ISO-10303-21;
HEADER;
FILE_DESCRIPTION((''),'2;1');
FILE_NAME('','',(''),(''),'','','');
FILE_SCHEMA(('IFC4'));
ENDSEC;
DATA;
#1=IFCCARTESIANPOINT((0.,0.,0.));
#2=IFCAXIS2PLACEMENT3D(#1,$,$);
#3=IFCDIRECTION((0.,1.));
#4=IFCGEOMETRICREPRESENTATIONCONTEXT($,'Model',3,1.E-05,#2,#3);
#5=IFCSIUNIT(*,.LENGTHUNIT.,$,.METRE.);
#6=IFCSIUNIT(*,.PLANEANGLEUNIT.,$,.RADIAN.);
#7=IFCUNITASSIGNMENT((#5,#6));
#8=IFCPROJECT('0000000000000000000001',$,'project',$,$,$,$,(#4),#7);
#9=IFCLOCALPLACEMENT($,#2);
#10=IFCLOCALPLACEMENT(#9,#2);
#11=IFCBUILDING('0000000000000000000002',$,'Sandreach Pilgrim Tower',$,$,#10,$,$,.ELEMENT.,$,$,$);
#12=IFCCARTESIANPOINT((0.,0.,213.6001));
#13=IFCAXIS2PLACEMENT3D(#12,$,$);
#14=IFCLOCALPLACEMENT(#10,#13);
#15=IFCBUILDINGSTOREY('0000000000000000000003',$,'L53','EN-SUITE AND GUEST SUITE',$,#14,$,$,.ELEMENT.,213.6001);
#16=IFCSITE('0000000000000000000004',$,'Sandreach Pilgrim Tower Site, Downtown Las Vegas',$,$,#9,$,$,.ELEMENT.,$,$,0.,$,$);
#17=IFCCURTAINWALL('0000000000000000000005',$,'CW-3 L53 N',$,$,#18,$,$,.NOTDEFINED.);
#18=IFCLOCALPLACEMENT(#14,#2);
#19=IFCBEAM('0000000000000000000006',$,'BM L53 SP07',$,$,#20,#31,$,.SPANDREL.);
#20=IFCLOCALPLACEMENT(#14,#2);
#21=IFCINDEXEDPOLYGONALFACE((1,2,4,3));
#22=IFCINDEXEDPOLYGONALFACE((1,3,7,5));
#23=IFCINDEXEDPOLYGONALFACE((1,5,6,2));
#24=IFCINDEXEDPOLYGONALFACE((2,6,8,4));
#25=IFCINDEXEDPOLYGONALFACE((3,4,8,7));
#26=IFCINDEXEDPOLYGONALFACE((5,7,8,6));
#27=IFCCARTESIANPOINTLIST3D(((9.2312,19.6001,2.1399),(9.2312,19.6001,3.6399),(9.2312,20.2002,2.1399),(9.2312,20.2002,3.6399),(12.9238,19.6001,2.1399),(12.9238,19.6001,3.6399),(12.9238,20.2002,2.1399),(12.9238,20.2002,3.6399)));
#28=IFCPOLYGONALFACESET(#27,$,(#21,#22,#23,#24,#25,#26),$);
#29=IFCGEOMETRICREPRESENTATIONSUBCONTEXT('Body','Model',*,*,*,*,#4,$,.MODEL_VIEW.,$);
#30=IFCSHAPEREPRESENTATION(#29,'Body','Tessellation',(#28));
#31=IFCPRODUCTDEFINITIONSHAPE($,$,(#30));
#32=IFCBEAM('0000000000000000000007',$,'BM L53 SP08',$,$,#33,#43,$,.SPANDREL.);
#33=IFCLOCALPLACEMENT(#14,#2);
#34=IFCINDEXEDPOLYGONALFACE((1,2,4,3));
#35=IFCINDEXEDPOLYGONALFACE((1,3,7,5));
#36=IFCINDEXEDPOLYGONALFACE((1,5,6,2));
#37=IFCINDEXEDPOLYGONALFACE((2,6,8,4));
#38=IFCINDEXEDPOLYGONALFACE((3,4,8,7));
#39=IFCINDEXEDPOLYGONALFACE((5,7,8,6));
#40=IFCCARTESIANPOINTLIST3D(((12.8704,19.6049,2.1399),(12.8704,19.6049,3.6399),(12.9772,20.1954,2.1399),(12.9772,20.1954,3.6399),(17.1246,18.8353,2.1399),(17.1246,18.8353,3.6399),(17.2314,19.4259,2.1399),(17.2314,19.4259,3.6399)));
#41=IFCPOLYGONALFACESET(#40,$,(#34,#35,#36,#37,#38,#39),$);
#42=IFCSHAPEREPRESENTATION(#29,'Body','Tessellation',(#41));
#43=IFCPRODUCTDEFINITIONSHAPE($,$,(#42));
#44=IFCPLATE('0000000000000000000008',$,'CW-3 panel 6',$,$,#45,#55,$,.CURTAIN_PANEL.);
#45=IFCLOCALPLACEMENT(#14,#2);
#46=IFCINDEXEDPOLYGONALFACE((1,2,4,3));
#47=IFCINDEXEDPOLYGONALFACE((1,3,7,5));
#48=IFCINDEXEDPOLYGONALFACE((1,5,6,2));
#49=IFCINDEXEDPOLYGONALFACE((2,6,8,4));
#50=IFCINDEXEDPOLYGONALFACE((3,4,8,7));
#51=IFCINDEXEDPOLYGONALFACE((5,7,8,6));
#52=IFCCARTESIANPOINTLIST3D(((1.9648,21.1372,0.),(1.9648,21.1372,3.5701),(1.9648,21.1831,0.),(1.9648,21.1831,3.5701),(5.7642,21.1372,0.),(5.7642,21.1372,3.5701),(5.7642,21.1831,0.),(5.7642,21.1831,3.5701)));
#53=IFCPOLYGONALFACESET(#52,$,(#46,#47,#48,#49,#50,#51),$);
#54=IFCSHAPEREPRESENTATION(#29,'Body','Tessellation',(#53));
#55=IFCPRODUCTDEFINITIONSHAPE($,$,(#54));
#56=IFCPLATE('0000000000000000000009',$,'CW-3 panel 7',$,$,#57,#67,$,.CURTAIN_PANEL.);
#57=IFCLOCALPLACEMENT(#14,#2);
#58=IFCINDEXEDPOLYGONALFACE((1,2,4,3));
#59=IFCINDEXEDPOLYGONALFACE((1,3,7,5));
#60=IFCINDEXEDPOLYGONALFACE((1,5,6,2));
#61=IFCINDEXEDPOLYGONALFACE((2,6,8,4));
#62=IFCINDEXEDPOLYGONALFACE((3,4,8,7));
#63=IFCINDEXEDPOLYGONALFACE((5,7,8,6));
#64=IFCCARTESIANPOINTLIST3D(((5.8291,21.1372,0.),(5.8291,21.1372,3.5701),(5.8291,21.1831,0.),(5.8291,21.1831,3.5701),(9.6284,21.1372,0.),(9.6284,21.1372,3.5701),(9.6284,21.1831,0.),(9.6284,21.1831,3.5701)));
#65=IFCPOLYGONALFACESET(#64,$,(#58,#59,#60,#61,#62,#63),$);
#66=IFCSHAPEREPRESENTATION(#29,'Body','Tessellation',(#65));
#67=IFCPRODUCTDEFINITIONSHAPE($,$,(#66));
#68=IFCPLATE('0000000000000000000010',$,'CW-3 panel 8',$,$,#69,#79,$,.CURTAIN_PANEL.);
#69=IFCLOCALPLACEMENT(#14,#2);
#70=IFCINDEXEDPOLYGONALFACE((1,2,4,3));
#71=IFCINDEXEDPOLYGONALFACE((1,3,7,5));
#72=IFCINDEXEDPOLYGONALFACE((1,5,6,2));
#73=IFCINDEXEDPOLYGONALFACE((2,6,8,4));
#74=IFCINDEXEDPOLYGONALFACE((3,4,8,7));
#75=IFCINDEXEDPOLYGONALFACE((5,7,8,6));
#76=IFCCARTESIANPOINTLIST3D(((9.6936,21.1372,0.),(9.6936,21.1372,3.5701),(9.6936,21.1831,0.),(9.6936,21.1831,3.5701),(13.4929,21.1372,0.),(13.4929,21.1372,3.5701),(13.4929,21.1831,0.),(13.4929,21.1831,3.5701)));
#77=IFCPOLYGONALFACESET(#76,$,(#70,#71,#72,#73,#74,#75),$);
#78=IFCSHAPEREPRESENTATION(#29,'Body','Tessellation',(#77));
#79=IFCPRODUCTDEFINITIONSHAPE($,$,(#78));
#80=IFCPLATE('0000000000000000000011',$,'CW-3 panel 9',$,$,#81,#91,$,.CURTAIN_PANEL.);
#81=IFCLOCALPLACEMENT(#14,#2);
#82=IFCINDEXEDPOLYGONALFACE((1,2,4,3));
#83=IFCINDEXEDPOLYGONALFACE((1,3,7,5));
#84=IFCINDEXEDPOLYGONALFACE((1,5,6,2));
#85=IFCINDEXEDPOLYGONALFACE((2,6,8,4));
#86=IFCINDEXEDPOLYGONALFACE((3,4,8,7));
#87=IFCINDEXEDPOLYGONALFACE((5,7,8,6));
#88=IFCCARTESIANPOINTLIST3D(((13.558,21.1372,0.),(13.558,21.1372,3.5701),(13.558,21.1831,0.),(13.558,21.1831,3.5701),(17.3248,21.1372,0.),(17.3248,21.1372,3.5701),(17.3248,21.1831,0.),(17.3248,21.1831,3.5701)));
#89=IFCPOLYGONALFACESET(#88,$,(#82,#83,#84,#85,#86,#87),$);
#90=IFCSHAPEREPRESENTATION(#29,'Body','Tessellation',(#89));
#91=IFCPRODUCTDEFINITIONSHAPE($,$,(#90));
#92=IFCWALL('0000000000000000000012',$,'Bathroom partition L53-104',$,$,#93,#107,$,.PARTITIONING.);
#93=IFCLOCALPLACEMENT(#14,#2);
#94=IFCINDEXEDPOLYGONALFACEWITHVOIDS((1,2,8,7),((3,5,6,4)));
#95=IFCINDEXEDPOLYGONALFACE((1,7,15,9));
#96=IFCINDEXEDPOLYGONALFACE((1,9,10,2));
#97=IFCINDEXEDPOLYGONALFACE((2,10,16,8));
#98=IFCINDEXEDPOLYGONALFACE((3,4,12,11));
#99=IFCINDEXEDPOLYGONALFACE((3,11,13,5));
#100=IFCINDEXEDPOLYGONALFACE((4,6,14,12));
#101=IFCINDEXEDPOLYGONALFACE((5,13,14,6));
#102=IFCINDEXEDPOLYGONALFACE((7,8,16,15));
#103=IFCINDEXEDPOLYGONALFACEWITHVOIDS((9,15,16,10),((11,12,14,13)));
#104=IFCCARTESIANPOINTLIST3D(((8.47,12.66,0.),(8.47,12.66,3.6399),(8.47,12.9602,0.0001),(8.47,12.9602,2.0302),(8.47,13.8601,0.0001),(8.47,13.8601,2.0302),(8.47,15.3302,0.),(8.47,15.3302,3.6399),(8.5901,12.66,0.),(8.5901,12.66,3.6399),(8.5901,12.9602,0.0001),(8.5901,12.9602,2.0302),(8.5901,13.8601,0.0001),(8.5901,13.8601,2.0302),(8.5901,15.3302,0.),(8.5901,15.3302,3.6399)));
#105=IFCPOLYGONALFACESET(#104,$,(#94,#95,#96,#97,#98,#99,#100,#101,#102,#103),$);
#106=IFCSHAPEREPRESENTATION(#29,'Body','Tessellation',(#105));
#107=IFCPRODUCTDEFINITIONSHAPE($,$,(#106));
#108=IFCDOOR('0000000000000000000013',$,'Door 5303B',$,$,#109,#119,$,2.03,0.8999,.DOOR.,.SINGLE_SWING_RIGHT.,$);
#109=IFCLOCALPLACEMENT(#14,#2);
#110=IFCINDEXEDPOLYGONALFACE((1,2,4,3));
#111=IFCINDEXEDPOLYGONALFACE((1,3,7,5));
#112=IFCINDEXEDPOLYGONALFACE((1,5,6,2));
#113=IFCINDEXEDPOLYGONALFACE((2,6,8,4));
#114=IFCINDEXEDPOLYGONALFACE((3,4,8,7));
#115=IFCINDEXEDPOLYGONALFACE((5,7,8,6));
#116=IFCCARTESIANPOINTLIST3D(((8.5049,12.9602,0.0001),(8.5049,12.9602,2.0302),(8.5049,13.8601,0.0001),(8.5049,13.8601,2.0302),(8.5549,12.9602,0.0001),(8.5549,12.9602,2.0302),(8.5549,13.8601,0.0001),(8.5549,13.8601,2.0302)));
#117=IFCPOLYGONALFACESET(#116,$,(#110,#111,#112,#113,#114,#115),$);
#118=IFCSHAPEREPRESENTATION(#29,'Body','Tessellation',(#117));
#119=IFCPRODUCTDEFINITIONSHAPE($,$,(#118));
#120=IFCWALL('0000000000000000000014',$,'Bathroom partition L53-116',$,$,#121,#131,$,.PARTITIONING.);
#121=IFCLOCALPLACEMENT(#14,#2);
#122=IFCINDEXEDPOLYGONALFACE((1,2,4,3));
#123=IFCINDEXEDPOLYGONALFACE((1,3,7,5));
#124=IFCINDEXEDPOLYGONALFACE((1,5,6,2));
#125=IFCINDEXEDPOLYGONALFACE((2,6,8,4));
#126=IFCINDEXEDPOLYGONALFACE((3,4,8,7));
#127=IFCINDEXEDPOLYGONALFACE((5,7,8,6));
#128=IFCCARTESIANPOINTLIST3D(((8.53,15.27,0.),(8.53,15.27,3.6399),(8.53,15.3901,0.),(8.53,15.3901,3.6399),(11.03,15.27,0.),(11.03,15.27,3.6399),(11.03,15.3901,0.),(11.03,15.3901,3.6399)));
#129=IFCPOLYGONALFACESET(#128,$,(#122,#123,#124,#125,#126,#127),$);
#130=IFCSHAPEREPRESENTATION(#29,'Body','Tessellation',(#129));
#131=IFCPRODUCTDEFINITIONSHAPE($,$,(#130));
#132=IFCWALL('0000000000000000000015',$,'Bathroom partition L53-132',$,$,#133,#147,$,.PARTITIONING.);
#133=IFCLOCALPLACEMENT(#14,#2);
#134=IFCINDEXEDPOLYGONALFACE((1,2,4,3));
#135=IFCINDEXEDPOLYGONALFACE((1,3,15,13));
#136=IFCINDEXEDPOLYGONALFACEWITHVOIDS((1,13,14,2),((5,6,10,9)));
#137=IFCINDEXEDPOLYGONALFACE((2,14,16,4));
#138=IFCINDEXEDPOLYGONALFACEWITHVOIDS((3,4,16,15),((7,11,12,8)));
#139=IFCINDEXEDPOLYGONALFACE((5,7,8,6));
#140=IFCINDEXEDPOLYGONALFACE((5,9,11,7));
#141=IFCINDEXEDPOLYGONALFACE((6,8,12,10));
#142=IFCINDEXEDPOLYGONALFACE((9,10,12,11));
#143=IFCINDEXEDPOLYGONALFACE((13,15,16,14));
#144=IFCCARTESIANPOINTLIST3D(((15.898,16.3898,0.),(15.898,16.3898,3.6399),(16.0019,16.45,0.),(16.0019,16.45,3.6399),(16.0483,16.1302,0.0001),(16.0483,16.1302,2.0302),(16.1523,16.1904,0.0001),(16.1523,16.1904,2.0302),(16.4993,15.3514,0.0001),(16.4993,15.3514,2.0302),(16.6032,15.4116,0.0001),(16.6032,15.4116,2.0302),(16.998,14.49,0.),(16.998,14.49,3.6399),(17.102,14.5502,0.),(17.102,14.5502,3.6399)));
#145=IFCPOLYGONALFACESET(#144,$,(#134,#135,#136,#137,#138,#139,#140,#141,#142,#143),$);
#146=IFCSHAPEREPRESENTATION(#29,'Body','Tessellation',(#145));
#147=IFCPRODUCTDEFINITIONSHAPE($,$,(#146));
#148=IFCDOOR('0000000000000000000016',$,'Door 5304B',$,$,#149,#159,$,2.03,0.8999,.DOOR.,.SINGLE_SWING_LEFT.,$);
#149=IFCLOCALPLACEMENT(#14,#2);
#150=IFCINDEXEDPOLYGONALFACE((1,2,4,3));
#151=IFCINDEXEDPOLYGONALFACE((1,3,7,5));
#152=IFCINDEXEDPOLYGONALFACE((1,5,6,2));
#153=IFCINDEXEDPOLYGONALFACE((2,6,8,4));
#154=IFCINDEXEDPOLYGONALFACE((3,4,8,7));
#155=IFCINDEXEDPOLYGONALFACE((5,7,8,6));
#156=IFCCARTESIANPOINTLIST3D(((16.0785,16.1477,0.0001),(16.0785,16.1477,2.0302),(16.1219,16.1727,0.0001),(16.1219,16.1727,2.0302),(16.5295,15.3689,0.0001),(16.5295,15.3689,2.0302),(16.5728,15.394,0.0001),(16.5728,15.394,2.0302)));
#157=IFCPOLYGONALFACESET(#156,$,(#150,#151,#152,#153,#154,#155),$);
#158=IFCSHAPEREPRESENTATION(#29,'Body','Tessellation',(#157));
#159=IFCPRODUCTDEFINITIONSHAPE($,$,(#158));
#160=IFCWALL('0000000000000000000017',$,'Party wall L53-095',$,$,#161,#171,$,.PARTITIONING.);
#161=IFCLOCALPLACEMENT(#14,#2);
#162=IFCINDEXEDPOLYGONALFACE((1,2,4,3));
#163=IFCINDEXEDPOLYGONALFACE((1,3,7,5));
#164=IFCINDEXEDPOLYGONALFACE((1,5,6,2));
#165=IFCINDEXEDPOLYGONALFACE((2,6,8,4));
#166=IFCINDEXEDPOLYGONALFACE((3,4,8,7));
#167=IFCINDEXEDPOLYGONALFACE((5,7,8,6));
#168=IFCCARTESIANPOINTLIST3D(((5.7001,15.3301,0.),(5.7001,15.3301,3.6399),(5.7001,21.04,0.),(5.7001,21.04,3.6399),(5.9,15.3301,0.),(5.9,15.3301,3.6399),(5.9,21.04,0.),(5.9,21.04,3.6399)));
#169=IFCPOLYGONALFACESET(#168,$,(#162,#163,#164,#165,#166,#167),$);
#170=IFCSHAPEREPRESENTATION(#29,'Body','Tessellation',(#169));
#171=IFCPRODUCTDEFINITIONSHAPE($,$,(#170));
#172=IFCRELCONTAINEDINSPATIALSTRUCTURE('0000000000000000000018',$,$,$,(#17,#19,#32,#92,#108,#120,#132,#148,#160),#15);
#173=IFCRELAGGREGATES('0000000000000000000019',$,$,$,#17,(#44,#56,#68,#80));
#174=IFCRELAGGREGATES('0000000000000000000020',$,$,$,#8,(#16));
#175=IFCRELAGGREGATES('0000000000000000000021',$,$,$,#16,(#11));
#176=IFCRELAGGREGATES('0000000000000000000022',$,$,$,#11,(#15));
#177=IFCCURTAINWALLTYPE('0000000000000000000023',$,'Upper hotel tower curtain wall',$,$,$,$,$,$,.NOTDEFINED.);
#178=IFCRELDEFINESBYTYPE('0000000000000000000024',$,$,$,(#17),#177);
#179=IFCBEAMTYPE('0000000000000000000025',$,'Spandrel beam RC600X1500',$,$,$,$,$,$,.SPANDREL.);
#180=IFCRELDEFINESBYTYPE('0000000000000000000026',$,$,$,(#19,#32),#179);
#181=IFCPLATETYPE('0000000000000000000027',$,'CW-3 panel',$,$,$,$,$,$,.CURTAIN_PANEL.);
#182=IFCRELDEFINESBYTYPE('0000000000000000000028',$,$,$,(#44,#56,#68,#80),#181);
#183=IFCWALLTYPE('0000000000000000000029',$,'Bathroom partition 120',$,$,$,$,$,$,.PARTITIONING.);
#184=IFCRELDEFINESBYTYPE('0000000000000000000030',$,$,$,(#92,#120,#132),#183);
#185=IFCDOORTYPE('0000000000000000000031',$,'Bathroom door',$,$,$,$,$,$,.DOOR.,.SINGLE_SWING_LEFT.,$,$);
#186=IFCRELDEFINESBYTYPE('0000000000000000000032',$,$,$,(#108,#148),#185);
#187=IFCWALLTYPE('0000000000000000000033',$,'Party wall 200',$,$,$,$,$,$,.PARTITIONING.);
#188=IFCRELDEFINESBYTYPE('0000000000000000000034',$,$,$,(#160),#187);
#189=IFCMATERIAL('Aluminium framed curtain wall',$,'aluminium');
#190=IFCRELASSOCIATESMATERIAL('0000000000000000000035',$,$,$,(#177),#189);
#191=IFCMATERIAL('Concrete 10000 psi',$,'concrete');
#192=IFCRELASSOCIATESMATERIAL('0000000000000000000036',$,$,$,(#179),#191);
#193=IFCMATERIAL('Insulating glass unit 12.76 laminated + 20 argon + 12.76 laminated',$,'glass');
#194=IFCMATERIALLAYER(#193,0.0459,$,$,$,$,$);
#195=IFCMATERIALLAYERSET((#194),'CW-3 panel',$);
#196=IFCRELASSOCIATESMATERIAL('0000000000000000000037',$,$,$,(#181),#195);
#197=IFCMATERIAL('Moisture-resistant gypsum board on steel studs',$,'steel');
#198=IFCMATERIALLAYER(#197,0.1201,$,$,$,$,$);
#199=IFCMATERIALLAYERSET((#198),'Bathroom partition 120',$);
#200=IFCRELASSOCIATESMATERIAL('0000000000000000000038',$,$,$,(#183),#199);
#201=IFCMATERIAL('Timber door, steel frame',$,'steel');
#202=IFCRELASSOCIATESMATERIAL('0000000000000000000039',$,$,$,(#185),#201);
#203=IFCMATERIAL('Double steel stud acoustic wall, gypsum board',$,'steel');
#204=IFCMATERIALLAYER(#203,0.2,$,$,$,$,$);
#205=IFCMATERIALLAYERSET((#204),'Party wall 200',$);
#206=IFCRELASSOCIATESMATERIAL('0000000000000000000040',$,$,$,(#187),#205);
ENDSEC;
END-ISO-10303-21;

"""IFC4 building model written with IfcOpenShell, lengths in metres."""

from ifc_helpers import new_model, si_unit, direction, frame, frame_2d, origin, origin_2d, place, context, subcontext, project, spatial, rectangle, extrude, material, layer, layer_set, material_profile, profile_set, type_object, element, fill, aggregate, save


model = new_model("IFC4")

# Units and contexts
model_context = context("Model", 3, precision=1e-05, world=origin(), true_north=direction((0.0, 1.0)))
body_context = subcontext(model_context, "Body", "Model", "MODEL_VIEW")
ifc_project = project(units=[si_unit("LENGTHUNIT", "METRE"), si_unit("PLANEANGLEUNIT", "RADIAN")], contexts=[model_context])

# Site, building, storey
site_placement = place(None, origin())
site = spatial("IfcSite", under=ifc_project, at=site_placement, Name="Sandreach Pilgrim Tower Site, Downtown Las Vegas", CompositionType="ELEMENT", RefElevation=0.0)
building_placement = place(site_placement, origin())
building = spatial("IfcBuilding", under=site, at=building_placement, Name="Sandreach Pilgrim Tower", CompositionType="ELEMENT")
storey_placement = place(building_placement, frame((0.0, 0.0, 213.6001)))
storey = spatial("IfcBuildingStorey", under=building, at=storey_placement, Name="L53", Description="EN-SUITE AND GUEST SUITE", CompositionType="ELEMENT", Elevation=213.6001)

# Curtain wall
ifc_material_1 = material(Name="Aluminium framed curtain wall", Category="aluminium")
curtain_wall_type = type_object("IfcCurtainWallType", Name="Upper hotel tower curtain wall", PredefinedType="NOTDEFINED", material=ifc_material_1)
curtain_wall_placement = place(storey_placement, origin())
curtain_wall = element("IfcCurtainWall", 1, at=curtain_wall_placement, inside=storey, type_object=curtain_wall_type, Name="CW-3 L53 N", PredefinedType="NOTDEFINED")

# Beams
ifc_material_2 = material(Name="Concrete 10000 psi", Category="concrete")
ifc_material_profile_1 = material_profile(ifc_material_2, rectangle(XDim=0.6001, YDim=1.5, at=origin_2d()), Name="RC600X1500")
ifc_profile_set_1 = profile_set([ifc_material_profile_1], Name="Concrete 10000 psi")
beam_type_1 = type_object("IfcBeamType", Name="Spandrel beam RC600X1500", PredefinedType="SPANDREL", material=ifc_profile_set_1)
beam_1_placement = place(storey_placement, frame((9.2312, 19.9001, 2.8899), z_axis=(1.0, 0.0, 0.0), x_axis=(0.0, 1.0, 0.0)))
element("IfcBeam", 2, at=beam_1_placement, inside=storey, type_object=beam_type_1, Name="BM L53 SP07", PredefinedType="SPANDREL", context=body_context, shape_type="SweptSolid", body=[
    extrude(rectangle(XDim=0.6001, YDim=1.5, at=origin_2d()), origin(), (0.0, 0.0, 1.0), 3.6926),
])
beam_2_placement = place(storey_placement, frame((12.9238, 19.9001, 2.8899), z_axis=(0.98403, -0.178001, 0.0), x_axis=(0.178001, 0.98403, 0.0)))
element("IfcBeam", 3, at=beam_2_placement, inside=storey, type_object=beam_type_1, Name="BM L53 SP08", PredefinedType="SPANDREL", context=body_context, shape_type="SweptSolid", body=[
    extrude(rectangle(XDim=0.6001, YDim=1.5, at=origin_2d()), origin(), (0.0, 0.0, 1.0), 4.3232),
])

# Plates
ifc_material_3 = material(Name="Insulating glass unit 12.76 laminated + 20 argon + 12.76 laminated", Category="glass")
ifc_layer_1 = layer(ifc_material_3, 0.0459)
ifc_layer_set_1 = layer_set([ifc_layer_1], Name="CW-3 panel")
plate_type = type_object("IfcPlateType", Name="CW-3 panel", PredefinedType="CURTAIN_PANEL", material=ifc_layer_set_1)
plate_1_placement = place(storey_placement, frame((3.8645, 21.1602, 0.0), z_axis=(0.0, 0.0, 1.0), x_axis=(1.0, 0.0, 0.0)))
plate_1 = element("IfcPlate", 4, at=plate_1_placement, type_object=plate_type, Name="CW-3 panel 6", PredefinedType="CURTAIN_PANEL", context=body_context, shape_type="SweptSolid", body=[
    extrude(rectangle(XDim=3.7993, YDim=0.0459, at=origin_2d()), origin(), (0.0, 0.0, 1.0), 3.5701),
])
plate_2_placement = place(storey_placement, frame((7.7288, 21.1602, 0.0), z_axis=(0.0, 0.0, 1.0), x_axis=(1.0, 0.0, 0.0)))
plate_2 = element("IfcPlate", 5, at=plate_2_placement, type_object=plate_type, Name="CW-3 panel 7", PredefinedType="CURTAIN_PANEL", context=body_context, shape_type="SweptSolid", body=[
    extrude(rectangle(XDim=3.7993, YDim=0.0459, at=origin_2d()), origin(), (0.0, 0.0, 1.0), 3.5701),
])
plate_3_placement = place(storey_placement, frame((11.5933, 21.1602, 0.0), z_axis=(0.0, 0.0, 1.0), x_axis=(1.0, 0.0, 0.0)))
plate_3 = element("IfcPlate", 6, at=plate_3_placement, type_object=plate_type, Name="CW-3 panel 8", PredefinedType="CURTAIN_PANEL", context=body_context, shape_type="SweptSolid", body=[
    extrude(rectangle(XDim=3.7993, YDim=0.0459, at=origin_2d()), origin(), (0.0, 0.0, 1.0), 3.5701),
])
plate_4_placement = place(storey_placement, frame((15.4414, 21.1602, 0.0), z_axis=(0.0, 0.0, 1.0), x_axis=(1.0, 0.0, 0.0)))
plate_4 = element("IfcPlate", 7, at=plate_4_placement, type_object=plate_type, Name="CW-3 panel 9", PredefinedType="CURTAIN_PANEL", context=body_context, shape_type="SweptSolid", body=[
    extrude(rectangle(XDim=3.7668, YDim=0.0459, at=origin_2d()), origin(), (0.0, 0.0, 1.0), 3.5701),
])
aggregate(curtain_wall, [plate_1, plate_2, plate_3, plate_4])

# Wall, opening, door
ifc_material_4 = material(Name="Moisture-resistant gypsum board on steel studs", Category="steel")
ifc_layer_2 = layer(ifc_material_4, 0.1201)
ifc_layer_set_2 = layer_set([ifc_layer_2], Name="Bathroom partition 120")
wall_type_1 = type_object("IfcWallType", Name="Bathroom partition 120", PredefinedType="PARTITIONING", material=ifc_layer_set_2)
wall_1_placement = place(storey_placement, frame((8.53, 15.3301, 0.0), z_axis=(0.0, 0.0, 1.0), x_axis=(0.0, -1.0, 0.0)))
wall_1 = element("IfcWall", 8, at=wall_1_placement, inside=storey, type_object=wall_type_1, Name="Bathroom partition L53-104", PredefinedType="PARTITIONING", context=body_context, shape_type="SweptSolid", body=[
    extrude(rectangle(XDim=2.6702, YDim=0.1201, at=frame_2d((1.335, 0.0))), origin(), (0.0, 0.0, 1.0), 3.6399),
])
opening_1_placement = place(wall_1_placement, frame((1.47, 0.0, 0.0)))
opening_1 = element("IfcOpeningElement", 9, at=opening_1_placement, cuts=wall_1, PredefinedType="OPENING", context=body_context, shape_type="SweptSolid", body=[
    extrude(rectangle(XDim=0.8999, YDim=2.03, at=frame_2d((0.45, 1.0151))), frame((0.0, 0.0601, 0.0), z_axis=(0.0, -1.0, 0.0), x_axis=(1.0, 0.0, 0.0)), (0.0, 0.0, 1.0), 0.1201),
])
ifc_material_5 = material(Name="Timber door, steel frame", Category="steel")
door_type = type_object("IfcDoorType", Name="Bathroom door", OperationType="SINGLE_SWING_LEFT", PredefinedType="DOOR", material=ifc_material_5)
door_1_placement = place(opening_1_placement, origin())
door_1 = element("IfcDoor", 10, at=door_1_placement, inside=storey, type_object=door_type, Name="Door 5303B", OperationType="SINGLE_SWING_RIGHT", OverallHeight=2.03, OverallWidth=0.8999, PredefinedType="DOOR", context=body_context, shape_type="SweptSolid", body=[
    extrude(rectangle(XDim=0.8999, YDim=2.03, at=frame_2d((0.45, 1.0151))), frame((0.0, 0.0249, 0.0), z_axis=(0.0, -1.0, 0.0), x_axis=(1.0, 0.0, 0.0)), (0.0, 0.0, 1.0), 0.05),
])
fill(opening_1, door_1)

# Wall
wall_2_placement = place(storey_placement, frame((11.03, 15.3301, 0.0), z_axis=(0.0, 0.0, 1.0), x_axis=(-1.0, 0.0, 0.0)))
element("IfcWall", 11, at=wall_2_placement, inside=storey, type_object=wall_type_1, Name="Bathroom partition L53-116", PredefinedType="PARTITIONING", context=body_context, shape_type="SweptSolid", body=[
    extrude(rectangle(XDim=2.5, YDim=0.1201, at=frame_2d((1.25, 0.0))), origin(), (0.0, 0.0, 1.0), 3.6399),
])

# Wall, opening, door
wall_3_placement = place(storey_placement, frame((15.95, 16.4199, 0.0), z_axis=(0.0, 0.0, 1.0), x_axis=(0.501089, -0.865396, 0.0)))
wall_3 = element("IfcWall", 12, at=wall_3_placement, inside=storey, type_object=wall_type_1, Name="Bathroom partition L53-132", PredefinedType="PARTITIONING", context=body_context, shape_type="SweptSolid", body=[
    extrude(rectangle(XDim=2.1953, YDim=0.1201, at=frame_2d((1.0977, 0.0))), origin(), (0.0, 0.0, 1.0), 3.6399),
])
opening_2_placement = place(wall_3_placement, frame((0.3, 0.0, 0.0)))
opening_2 = element("IfcOpeningElement", 13, at=opening_2_placement, cuts=wall_3, PredefinedType="OPENING", context=body_context, shape_type="SweptSolid", body=[
    extrude(rectangle(XDim=0.8999, YDim=2.03, at=frame_2d((0.45, 1.0151))), frame((0.0, 0.0601, 0.0), z_axis=(0.0, -1.0, 0.0), x_axis=(1.0, 0.0, 0.0)), (0.0, 0.0, 1.0), 0.1201),
])
door_2_placement = place(opening_2_placement, origin())
door_2 = element("IfcDoor", 14, at=door_2_placement, inside=storey, type_object=door_type, Name="Door 5304B", OperationType="SINGLE_SWING_LEFT", OverallHeight=2.03, OverallWidth=0.8999, PredefinedType="DOOR", context=body_context, shape_type="SweptSolid", body=[
    extrude(rectangle(XDim=0.8999, YDim=2.03, at=frame_2d((0.45, 1.0151))), frame((0.0, 0.0249, 0.0), z_axis=(0.0, -1.0, 0.0), x_axis=(1.0, 0.0, 0.0)), (0.0, 0.0, 1.0), 0.05),
])
fill(opening_2, door_2)

# Wall
ifc_material_6 = material(Name="Double steel stud acoustic wall, gypsum board", Category="steel")
ifc_layer_3 = layer(ifc_material_6, 0.2)
ifc_layer_set_3 = layer_set([ifc_layer_3], Name="Party wall 200")
wall_type_2 = type_object("IfcWallType", Name="Party wall 200", PredefinedType="PARTITIONING", material=ifc_layer_set_3)
wall_4_placement = place(storey_placement, frame((5.8, 21.04, 0.0), z_axis=(0.0, 0.0, 1.0), x_axis=(0.0, -1.0, 0.0)))
element("IfcWall", 15, at=wall_4_placement, inside=storey, type_object=wall_type_2, Name="Party wall L53-095", PredefinedType="PARTITIONING", context=body_context, shape_type="SweptSolid", body=[
    extrude(rectangle(XDim=5.71, YDim=0.2, at=frame_2d((2.855, 0.0))), origin(), (0.0, 0.0, 1.0), 3.6399),
])

save(model, "model.ifc")
